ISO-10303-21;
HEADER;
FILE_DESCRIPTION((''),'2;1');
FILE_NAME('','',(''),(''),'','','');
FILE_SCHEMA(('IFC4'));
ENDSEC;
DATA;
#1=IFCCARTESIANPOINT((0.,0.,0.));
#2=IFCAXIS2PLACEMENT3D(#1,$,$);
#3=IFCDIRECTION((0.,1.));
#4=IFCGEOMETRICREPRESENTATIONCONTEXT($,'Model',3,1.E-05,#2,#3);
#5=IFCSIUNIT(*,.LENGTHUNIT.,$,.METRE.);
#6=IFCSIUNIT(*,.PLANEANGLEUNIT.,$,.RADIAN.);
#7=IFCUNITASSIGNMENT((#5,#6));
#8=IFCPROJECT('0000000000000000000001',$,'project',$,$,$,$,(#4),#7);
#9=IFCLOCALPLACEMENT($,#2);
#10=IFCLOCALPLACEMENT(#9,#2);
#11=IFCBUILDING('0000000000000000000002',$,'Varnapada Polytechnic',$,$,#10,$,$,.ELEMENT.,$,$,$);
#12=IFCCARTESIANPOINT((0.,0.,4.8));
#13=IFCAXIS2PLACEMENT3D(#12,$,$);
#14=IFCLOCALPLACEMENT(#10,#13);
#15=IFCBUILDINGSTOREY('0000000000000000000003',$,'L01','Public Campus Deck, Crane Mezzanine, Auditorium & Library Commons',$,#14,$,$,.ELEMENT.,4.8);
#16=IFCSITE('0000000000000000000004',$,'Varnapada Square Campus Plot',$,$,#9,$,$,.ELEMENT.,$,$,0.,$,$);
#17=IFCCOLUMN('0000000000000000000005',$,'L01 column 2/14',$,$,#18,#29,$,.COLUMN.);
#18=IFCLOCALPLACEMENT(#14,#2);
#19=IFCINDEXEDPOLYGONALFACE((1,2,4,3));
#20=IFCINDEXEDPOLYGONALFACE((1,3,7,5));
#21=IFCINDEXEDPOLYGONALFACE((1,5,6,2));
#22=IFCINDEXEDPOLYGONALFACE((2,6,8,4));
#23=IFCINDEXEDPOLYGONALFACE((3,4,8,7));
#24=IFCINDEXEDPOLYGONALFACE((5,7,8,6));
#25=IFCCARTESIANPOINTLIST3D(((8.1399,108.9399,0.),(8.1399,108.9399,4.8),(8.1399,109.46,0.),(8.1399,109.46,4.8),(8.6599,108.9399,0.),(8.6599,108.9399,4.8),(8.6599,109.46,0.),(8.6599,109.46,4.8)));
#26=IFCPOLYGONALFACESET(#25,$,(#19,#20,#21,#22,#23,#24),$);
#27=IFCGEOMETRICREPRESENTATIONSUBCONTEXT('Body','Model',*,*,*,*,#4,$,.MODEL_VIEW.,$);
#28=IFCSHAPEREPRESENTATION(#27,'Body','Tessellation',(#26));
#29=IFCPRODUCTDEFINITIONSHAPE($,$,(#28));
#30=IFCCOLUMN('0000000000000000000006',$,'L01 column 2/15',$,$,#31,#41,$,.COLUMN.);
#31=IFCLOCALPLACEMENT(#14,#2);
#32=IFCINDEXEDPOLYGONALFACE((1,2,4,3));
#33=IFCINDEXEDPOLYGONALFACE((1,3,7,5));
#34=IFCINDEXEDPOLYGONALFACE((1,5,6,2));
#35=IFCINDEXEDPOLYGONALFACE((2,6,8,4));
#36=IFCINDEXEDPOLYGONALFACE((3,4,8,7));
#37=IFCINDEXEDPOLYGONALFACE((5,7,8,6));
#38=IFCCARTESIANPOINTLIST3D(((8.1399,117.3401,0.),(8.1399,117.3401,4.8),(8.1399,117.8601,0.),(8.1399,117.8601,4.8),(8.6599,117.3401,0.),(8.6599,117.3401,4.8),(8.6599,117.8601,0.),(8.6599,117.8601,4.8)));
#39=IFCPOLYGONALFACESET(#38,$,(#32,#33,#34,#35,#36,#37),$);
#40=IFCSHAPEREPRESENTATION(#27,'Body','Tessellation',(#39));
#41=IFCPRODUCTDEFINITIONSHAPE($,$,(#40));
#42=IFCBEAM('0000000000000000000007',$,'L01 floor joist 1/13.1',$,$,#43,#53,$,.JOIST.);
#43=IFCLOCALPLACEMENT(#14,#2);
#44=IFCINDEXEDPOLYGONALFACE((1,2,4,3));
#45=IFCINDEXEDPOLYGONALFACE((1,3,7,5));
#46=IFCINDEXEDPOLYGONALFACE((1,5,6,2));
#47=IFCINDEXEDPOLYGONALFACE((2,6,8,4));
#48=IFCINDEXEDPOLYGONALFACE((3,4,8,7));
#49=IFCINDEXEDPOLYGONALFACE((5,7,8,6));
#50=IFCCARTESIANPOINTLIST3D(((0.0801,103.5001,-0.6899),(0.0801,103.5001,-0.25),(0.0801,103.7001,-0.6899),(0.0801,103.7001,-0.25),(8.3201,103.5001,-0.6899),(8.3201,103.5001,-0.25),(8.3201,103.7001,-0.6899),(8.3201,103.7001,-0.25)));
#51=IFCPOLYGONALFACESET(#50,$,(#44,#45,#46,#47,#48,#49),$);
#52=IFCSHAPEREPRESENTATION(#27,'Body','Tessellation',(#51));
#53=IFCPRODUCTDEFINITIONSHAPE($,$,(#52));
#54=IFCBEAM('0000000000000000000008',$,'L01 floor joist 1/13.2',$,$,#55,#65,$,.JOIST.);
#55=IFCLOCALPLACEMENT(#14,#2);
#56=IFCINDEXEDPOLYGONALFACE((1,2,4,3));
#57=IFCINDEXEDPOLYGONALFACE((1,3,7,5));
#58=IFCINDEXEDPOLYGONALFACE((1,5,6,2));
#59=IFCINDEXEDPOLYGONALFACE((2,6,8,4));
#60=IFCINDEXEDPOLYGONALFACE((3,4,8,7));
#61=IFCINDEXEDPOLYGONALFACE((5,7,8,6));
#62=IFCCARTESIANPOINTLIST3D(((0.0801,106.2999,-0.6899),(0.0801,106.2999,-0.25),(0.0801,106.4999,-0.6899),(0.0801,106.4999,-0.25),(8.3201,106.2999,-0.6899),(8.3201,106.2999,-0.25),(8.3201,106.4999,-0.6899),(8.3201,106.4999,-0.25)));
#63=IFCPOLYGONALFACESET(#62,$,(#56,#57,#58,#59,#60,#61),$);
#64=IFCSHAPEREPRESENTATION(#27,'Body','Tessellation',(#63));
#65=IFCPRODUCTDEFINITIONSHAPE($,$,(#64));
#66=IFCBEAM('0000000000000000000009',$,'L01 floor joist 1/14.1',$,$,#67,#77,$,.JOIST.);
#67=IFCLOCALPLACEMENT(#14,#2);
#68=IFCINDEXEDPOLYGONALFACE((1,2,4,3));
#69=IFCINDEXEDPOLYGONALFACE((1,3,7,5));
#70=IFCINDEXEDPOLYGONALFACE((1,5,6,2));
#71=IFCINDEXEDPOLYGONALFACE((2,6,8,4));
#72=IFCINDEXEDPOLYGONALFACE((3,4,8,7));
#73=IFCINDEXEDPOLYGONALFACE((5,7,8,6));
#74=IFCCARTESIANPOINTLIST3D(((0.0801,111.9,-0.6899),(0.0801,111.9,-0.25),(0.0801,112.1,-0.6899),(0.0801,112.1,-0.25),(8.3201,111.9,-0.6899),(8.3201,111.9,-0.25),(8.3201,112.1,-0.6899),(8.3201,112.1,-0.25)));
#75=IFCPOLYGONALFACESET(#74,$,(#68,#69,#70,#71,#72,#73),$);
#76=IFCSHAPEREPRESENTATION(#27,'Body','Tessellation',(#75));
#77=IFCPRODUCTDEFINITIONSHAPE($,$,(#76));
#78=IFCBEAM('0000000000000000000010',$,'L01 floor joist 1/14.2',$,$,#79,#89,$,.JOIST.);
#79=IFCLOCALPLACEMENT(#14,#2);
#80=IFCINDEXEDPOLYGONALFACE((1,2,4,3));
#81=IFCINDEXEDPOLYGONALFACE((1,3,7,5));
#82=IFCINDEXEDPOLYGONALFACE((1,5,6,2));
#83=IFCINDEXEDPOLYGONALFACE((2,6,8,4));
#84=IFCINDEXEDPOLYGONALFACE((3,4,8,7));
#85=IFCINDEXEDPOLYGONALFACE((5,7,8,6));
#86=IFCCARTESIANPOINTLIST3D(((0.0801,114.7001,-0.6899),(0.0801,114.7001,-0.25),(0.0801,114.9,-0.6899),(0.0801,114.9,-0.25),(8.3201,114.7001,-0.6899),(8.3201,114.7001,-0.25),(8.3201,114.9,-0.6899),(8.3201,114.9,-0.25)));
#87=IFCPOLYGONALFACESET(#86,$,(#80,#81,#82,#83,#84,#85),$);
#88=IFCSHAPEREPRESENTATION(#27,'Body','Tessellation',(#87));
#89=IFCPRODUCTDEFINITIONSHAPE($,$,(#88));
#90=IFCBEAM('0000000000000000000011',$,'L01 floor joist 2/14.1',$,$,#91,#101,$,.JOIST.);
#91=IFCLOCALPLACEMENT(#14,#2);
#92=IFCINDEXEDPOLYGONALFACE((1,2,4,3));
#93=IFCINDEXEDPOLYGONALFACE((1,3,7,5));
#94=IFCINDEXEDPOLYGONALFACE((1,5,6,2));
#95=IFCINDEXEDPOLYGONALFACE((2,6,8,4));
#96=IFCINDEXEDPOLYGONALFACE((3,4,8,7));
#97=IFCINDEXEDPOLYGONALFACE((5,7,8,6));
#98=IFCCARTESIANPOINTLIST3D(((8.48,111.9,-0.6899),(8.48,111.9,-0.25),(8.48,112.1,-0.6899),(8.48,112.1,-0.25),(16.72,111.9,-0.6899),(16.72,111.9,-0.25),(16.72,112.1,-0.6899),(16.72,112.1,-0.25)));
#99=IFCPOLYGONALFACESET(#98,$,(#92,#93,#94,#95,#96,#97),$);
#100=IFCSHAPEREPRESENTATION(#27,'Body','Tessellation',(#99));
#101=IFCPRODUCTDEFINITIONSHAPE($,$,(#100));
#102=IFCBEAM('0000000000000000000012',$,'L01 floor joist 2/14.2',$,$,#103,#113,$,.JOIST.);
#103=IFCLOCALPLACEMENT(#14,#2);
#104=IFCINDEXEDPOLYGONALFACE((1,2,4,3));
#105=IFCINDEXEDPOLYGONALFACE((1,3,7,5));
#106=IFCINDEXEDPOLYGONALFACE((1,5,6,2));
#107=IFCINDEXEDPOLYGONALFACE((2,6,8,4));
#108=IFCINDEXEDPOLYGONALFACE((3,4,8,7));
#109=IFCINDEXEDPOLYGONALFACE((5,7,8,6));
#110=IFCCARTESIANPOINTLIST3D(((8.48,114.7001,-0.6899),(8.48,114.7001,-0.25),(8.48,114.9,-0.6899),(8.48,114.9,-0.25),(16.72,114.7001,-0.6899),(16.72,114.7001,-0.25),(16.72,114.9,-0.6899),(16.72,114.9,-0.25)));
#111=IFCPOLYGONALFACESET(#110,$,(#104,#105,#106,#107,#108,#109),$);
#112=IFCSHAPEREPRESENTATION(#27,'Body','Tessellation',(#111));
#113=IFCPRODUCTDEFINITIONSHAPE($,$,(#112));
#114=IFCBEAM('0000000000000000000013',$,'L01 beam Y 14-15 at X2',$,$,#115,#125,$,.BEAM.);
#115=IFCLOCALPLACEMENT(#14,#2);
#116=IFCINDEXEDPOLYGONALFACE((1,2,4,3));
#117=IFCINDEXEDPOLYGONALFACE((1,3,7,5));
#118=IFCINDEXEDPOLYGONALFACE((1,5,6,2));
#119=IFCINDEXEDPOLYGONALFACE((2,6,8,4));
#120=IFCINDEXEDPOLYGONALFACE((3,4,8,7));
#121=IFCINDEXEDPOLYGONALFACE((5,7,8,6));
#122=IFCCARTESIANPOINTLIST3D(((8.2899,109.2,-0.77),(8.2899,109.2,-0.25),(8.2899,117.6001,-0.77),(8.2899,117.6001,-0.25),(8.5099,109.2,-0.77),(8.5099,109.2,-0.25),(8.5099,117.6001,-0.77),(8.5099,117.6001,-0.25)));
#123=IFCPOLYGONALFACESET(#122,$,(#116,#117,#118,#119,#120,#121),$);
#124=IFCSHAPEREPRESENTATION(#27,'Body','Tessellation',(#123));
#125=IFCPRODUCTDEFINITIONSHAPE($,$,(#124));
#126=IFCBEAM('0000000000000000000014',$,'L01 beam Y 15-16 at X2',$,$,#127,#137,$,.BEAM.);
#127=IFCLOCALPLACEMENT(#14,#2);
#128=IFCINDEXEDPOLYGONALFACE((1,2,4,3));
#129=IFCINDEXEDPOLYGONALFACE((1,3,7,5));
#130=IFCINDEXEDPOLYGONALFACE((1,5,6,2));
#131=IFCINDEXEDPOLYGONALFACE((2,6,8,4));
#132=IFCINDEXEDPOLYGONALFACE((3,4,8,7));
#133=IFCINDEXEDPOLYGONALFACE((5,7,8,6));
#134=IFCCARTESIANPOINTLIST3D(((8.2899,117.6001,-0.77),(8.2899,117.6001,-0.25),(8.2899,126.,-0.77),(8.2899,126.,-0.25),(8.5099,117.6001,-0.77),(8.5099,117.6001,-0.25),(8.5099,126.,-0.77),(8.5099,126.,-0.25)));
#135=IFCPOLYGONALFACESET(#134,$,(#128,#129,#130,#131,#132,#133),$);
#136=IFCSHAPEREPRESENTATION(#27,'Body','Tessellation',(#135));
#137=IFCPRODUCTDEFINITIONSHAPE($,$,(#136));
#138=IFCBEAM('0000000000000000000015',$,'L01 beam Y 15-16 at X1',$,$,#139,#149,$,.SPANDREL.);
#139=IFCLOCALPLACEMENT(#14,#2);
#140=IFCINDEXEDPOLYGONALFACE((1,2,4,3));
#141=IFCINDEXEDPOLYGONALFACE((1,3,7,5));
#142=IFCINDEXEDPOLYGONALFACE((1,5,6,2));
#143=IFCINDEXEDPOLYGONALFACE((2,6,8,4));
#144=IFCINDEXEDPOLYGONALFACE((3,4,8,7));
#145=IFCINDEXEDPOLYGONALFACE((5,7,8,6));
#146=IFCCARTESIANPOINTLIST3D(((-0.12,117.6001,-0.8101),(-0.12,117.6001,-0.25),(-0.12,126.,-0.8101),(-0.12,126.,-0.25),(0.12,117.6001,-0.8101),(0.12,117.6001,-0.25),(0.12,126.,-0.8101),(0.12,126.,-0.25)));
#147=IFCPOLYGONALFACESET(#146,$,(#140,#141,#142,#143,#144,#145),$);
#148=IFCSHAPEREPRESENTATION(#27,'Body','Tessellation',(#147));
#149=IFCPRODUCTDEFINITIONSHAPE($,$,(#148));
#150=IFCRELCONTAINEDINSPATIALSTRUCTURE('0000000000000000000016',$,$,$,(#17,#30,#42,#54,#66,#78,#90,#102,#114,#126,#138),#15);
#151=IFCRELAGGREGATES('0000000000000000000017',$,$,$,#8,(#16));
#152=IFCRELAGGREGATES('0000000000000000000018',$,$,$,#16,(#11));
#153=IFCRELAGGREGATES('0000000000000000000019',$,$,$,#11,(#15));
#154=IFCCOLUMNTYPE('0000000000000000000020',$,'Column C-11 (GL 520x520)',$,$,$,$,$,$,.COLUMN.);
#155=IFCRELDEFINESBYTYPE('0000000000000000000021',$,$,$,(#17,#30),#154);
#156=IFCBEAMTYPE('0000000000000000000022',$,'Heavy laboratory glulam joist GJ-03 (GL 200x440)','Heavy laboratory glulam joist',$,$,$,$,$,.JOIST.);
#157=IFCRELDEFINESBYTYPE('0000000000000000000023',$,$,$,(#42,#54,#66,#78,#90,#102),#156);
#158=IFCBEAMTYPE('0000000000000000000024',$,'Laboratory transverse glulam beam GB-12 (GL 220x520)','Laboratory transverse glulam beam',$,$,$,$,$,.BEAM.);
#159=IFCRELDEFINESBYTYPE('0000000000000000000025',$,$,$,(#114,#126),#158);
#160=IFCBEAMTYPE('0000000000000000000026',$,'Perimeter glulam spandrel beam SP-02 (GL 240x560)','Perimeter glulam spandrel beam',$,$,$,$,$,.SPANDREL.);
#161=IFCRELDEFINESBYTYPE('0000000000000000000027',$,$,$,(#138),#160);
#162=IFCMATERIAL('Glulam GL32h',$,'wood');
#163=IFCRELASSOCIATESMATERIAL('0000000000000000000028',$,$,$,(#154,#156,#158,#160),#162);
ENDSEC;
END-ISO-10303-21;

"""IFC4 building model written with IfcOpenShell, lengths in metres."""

from ifc_helpers import new_model, si_unit, direction, frame, origin, origin_2d, place, context, subcontext, project, spatial, rectangle, extrude, material, material_profile, profile_set, type_object, element, save


model = new_model("IFC4")

# Units and contexts
model_context = context("Model", 3, precision=1e-05, world=origin(), true_north=direction((0.0, 1.0)))
body_context = subcontext(model_context, "Body", "Model", "MODEL_VIEW")
ifc_project = project(units=[si_unit("LENGTHUNIT", "METRE"), si_unit("PLANEANGLEUNIT", "RADIAN")], contexts=[model_context])

# Site, building, storey
site_placement = place(None, origin())
site = spatial("IfcSite", under=ifc_project, at=site_placement, Name="Varnapada Square Campus Plot", CompositionType="ELEMENT", RefElevation=0.0)
building_placement = place(site_placement, origin())
building = spatial("IfcBuilding", under=site, at=building_placement, Name="Varnapada Polytechnic", CompositionType="ELEMENT")
storey_placement = place(building_placement, frame((0.0, 0.0, 4.8)))
storey = spatial("IfcBuildingStorey", under=building, at=storey_placement, Name="L01", Description="Public Campus Deck, Crane Mezzanine, Auditorium & Library Commons", CompositionType="ELEMENT", Elevation=4.8)

# Columns
ifc_material_1 = material(Name="Glulam GL32h", Category="wood")
ifc_material_profile_1 = material_profile(ifc_material_1, rectangle(XDim=0.52, YDim=0.52, at=origin_2d()), Name="GL 520x520")
ifc_profile_set_1 = profile_set([ifc_material_profile_1], Name="Glulam GL32h")
column_type = type_object("IfcColumnType", Name="Column C-11 (GL 520x520)", PredefinedType="COLUMN", material=ifc_profile_set_1)
for number, where, z_axis, x_axis, name in (
    (1, (8.3999, 109.2, 0.0), (0.0, 0.0, 1.0), (1.0, 0.0, 0.0), "L01 column 2/14"),
    (2, (8.3999, 117.6001, 0.0), (0.0, 0.0, 1.0), (1.0, 0.0, 0.0), "L01 column 2/15"),
):
    element("IfcColumn", number, at=place(storey_placement, frame(where, z_axis=z_axis, x_axis=x_axis)), inside=storey, type_object=column_type, Name=name, PredefinedType="COLUMN", context=body_context, shape_type="SweptSolid", body=[
        extrude(rectangle(XDim=0.52, YDim=0.52, at=origin_2d()), origin(), (0.0, 0.0, 1.0), 4.8),
    ])

# Beams
ifc_material_profile_2 = material_profile(ifc_material_1, rectangle(XDim=0.2, YDim=0.4399, at=origin_2d()), Name="GL 200x440")
ifc_profile_set_2 = profile_set([ifc_material_profile_2], Name="Glulam GL32h")
beam_type_1 = type_object("IfcBeamType", Name="Heavy laboratory glulam joist GJ-03 (GL 200x440)", Description="Heavy laboratory glulam joist", PredefinedType="JOIST", material=ifc_profile_set_2)
for number, where, z_axis, x_axis, name in (
    (3, (0.0801, 103.6001, -0.47), (1.0, 0.0, 0.0), (0.0, 1.0, 0.0), "L01 floor joist 1/13.1"),
    (4, (0.0801, 106.3999, -0.47), (1.0, 0.0, 0.0), (0.0, 1.0, 0.0), "L01 floor joist 1/13.2"),
    (5, (0.0801, 112.0, -0.47), (1.0, 0.0, 0.0), (0.0, 1.0, 0.0), "L01 floor joist 1/14.1"),
    (6, (0.0801, 114.8, -0.47), (1.0, 0.0, 0.0), (0.0, 1.0, 0.0), "L01 floor joist 1/14.2"),
    (7, (8.48, 112.0, -0.47), (1.0, 0.0, 0.0), (0.0, 1.0, 0.0), "L01 floor joist 2/14.1"),
    (8, (8.48, 114.8, -0.47), (1.0, 0.0, 0.0), (0.0, 1.0, 0.0), "L01 floor joist 2/14.2"),
):
    element("IfcBeam", number, at=place(storey_placement, frame(where, z_axis=z_axis, x_axis=x_axis)), inside=storey, type_object=beam_type_1, Name=name, PredefinedType="JOIST", context=body_context, shape_type="SweptSolid", body=[
        extrude(rectangle(XDim=0.2, YDim=0.4399, at=origin_2d()), origin(), (0.0, 0.0, 1.0), 8.24),
    ])
ifc_material_profile_3 = material_profile(ifc_material_1, rectangle(XDim=0.22, YDim=0.52, at=origin_2d()), Name="GL 220x520")
ifc_profile_set_3 = profile_set([ifc_material_profile_3], Name="Glulam GL32h")
beam_type_2 = type_object("IfcBeamType", Name="Laboratory transverse glulam beam GB-12 (GL 220x520)", Description="Laboratory transverse glulam beam", PredefinedType="BEAM", material=ifc_profile_set_3)
beam_1_placement = place(storey_placement, frame((8.3999, 109.2, -0.51), z_axis=(0.0, 1.0, 0.0), x_axis=(-1.0, 0.0, 0.0)))
element("IfcBeam", 9, at=beam_1_placement, inside=storey, type_object=beam_type_2, Name="L01 beam Y 14-15 at X2", PredefinedType="BEAM", context=body_context, shape_type="SweptSolid", body=[
    extrude(rectangle(XDim=0.22, YDim=0.52, at=origin_2d()), origin(), (0.0, 0.0, 1.0), 8.4001),
])
beam_2_placement = place(storey_placement, frame((8.3999, 117.6001, -0.51), z_axis=(0.0, 1.0, 0.0), x_axis=(-1.0, 0.0, 0.0)))
element("IfcBeam", 10, at=beam_2_placement, inside=storey, type_object=beam_type_2, Name="L01 beam Y 15-16 at X2", PredefinedType="BEAM", context=body_context, shape_type="SweptSolid", body=[
    extrude(rectangle(XDim=0.22, YDim=0.52, at=origin_2d()), origin(), (0.0, 0.0, 1.0), 8.3999),
])
ifc_material_profile_4 = material_profile(ifc_material_1, rectangle(XDim=0.24, YDim=0.5601, at=origin_2d()), Name="GL 240x560")
ifc_profile_set_4 = profile_set([ifc_material_profile_4], Name="Glulam GL32h")
beam_type_3 = type_object("IfcBeamType", Name="Perimeter glulam spandrel beam SP-02 (GL 240x560)", Description="Perimeter glulam spandrel beam", PredefinedType="SPANDREL", material=ifc_profile_set_4)
beam_3_placement = place(storey_placement, frame((0.0, 117.6001, -0.53), z_axis=(0.0, 1.0, 0.0), x_axis=(-1.0, 0.0, 0.0)))
element("IfcBeam", 11, at=beam_3_placement, inside=storey, type_object=beam_type_3, Name="L01 beam Y 15-16 at X1", PredefinedType="SPANDREL", context=body_context, shape_type="SweptSolid", body=[
    extrude(rectangle(XDim=0.24, YDim=0.5601, at=origin_2d()), origin(), (0.0, 0.0, 1.0), 8.3999),
])

save(model, "model.ifc")
